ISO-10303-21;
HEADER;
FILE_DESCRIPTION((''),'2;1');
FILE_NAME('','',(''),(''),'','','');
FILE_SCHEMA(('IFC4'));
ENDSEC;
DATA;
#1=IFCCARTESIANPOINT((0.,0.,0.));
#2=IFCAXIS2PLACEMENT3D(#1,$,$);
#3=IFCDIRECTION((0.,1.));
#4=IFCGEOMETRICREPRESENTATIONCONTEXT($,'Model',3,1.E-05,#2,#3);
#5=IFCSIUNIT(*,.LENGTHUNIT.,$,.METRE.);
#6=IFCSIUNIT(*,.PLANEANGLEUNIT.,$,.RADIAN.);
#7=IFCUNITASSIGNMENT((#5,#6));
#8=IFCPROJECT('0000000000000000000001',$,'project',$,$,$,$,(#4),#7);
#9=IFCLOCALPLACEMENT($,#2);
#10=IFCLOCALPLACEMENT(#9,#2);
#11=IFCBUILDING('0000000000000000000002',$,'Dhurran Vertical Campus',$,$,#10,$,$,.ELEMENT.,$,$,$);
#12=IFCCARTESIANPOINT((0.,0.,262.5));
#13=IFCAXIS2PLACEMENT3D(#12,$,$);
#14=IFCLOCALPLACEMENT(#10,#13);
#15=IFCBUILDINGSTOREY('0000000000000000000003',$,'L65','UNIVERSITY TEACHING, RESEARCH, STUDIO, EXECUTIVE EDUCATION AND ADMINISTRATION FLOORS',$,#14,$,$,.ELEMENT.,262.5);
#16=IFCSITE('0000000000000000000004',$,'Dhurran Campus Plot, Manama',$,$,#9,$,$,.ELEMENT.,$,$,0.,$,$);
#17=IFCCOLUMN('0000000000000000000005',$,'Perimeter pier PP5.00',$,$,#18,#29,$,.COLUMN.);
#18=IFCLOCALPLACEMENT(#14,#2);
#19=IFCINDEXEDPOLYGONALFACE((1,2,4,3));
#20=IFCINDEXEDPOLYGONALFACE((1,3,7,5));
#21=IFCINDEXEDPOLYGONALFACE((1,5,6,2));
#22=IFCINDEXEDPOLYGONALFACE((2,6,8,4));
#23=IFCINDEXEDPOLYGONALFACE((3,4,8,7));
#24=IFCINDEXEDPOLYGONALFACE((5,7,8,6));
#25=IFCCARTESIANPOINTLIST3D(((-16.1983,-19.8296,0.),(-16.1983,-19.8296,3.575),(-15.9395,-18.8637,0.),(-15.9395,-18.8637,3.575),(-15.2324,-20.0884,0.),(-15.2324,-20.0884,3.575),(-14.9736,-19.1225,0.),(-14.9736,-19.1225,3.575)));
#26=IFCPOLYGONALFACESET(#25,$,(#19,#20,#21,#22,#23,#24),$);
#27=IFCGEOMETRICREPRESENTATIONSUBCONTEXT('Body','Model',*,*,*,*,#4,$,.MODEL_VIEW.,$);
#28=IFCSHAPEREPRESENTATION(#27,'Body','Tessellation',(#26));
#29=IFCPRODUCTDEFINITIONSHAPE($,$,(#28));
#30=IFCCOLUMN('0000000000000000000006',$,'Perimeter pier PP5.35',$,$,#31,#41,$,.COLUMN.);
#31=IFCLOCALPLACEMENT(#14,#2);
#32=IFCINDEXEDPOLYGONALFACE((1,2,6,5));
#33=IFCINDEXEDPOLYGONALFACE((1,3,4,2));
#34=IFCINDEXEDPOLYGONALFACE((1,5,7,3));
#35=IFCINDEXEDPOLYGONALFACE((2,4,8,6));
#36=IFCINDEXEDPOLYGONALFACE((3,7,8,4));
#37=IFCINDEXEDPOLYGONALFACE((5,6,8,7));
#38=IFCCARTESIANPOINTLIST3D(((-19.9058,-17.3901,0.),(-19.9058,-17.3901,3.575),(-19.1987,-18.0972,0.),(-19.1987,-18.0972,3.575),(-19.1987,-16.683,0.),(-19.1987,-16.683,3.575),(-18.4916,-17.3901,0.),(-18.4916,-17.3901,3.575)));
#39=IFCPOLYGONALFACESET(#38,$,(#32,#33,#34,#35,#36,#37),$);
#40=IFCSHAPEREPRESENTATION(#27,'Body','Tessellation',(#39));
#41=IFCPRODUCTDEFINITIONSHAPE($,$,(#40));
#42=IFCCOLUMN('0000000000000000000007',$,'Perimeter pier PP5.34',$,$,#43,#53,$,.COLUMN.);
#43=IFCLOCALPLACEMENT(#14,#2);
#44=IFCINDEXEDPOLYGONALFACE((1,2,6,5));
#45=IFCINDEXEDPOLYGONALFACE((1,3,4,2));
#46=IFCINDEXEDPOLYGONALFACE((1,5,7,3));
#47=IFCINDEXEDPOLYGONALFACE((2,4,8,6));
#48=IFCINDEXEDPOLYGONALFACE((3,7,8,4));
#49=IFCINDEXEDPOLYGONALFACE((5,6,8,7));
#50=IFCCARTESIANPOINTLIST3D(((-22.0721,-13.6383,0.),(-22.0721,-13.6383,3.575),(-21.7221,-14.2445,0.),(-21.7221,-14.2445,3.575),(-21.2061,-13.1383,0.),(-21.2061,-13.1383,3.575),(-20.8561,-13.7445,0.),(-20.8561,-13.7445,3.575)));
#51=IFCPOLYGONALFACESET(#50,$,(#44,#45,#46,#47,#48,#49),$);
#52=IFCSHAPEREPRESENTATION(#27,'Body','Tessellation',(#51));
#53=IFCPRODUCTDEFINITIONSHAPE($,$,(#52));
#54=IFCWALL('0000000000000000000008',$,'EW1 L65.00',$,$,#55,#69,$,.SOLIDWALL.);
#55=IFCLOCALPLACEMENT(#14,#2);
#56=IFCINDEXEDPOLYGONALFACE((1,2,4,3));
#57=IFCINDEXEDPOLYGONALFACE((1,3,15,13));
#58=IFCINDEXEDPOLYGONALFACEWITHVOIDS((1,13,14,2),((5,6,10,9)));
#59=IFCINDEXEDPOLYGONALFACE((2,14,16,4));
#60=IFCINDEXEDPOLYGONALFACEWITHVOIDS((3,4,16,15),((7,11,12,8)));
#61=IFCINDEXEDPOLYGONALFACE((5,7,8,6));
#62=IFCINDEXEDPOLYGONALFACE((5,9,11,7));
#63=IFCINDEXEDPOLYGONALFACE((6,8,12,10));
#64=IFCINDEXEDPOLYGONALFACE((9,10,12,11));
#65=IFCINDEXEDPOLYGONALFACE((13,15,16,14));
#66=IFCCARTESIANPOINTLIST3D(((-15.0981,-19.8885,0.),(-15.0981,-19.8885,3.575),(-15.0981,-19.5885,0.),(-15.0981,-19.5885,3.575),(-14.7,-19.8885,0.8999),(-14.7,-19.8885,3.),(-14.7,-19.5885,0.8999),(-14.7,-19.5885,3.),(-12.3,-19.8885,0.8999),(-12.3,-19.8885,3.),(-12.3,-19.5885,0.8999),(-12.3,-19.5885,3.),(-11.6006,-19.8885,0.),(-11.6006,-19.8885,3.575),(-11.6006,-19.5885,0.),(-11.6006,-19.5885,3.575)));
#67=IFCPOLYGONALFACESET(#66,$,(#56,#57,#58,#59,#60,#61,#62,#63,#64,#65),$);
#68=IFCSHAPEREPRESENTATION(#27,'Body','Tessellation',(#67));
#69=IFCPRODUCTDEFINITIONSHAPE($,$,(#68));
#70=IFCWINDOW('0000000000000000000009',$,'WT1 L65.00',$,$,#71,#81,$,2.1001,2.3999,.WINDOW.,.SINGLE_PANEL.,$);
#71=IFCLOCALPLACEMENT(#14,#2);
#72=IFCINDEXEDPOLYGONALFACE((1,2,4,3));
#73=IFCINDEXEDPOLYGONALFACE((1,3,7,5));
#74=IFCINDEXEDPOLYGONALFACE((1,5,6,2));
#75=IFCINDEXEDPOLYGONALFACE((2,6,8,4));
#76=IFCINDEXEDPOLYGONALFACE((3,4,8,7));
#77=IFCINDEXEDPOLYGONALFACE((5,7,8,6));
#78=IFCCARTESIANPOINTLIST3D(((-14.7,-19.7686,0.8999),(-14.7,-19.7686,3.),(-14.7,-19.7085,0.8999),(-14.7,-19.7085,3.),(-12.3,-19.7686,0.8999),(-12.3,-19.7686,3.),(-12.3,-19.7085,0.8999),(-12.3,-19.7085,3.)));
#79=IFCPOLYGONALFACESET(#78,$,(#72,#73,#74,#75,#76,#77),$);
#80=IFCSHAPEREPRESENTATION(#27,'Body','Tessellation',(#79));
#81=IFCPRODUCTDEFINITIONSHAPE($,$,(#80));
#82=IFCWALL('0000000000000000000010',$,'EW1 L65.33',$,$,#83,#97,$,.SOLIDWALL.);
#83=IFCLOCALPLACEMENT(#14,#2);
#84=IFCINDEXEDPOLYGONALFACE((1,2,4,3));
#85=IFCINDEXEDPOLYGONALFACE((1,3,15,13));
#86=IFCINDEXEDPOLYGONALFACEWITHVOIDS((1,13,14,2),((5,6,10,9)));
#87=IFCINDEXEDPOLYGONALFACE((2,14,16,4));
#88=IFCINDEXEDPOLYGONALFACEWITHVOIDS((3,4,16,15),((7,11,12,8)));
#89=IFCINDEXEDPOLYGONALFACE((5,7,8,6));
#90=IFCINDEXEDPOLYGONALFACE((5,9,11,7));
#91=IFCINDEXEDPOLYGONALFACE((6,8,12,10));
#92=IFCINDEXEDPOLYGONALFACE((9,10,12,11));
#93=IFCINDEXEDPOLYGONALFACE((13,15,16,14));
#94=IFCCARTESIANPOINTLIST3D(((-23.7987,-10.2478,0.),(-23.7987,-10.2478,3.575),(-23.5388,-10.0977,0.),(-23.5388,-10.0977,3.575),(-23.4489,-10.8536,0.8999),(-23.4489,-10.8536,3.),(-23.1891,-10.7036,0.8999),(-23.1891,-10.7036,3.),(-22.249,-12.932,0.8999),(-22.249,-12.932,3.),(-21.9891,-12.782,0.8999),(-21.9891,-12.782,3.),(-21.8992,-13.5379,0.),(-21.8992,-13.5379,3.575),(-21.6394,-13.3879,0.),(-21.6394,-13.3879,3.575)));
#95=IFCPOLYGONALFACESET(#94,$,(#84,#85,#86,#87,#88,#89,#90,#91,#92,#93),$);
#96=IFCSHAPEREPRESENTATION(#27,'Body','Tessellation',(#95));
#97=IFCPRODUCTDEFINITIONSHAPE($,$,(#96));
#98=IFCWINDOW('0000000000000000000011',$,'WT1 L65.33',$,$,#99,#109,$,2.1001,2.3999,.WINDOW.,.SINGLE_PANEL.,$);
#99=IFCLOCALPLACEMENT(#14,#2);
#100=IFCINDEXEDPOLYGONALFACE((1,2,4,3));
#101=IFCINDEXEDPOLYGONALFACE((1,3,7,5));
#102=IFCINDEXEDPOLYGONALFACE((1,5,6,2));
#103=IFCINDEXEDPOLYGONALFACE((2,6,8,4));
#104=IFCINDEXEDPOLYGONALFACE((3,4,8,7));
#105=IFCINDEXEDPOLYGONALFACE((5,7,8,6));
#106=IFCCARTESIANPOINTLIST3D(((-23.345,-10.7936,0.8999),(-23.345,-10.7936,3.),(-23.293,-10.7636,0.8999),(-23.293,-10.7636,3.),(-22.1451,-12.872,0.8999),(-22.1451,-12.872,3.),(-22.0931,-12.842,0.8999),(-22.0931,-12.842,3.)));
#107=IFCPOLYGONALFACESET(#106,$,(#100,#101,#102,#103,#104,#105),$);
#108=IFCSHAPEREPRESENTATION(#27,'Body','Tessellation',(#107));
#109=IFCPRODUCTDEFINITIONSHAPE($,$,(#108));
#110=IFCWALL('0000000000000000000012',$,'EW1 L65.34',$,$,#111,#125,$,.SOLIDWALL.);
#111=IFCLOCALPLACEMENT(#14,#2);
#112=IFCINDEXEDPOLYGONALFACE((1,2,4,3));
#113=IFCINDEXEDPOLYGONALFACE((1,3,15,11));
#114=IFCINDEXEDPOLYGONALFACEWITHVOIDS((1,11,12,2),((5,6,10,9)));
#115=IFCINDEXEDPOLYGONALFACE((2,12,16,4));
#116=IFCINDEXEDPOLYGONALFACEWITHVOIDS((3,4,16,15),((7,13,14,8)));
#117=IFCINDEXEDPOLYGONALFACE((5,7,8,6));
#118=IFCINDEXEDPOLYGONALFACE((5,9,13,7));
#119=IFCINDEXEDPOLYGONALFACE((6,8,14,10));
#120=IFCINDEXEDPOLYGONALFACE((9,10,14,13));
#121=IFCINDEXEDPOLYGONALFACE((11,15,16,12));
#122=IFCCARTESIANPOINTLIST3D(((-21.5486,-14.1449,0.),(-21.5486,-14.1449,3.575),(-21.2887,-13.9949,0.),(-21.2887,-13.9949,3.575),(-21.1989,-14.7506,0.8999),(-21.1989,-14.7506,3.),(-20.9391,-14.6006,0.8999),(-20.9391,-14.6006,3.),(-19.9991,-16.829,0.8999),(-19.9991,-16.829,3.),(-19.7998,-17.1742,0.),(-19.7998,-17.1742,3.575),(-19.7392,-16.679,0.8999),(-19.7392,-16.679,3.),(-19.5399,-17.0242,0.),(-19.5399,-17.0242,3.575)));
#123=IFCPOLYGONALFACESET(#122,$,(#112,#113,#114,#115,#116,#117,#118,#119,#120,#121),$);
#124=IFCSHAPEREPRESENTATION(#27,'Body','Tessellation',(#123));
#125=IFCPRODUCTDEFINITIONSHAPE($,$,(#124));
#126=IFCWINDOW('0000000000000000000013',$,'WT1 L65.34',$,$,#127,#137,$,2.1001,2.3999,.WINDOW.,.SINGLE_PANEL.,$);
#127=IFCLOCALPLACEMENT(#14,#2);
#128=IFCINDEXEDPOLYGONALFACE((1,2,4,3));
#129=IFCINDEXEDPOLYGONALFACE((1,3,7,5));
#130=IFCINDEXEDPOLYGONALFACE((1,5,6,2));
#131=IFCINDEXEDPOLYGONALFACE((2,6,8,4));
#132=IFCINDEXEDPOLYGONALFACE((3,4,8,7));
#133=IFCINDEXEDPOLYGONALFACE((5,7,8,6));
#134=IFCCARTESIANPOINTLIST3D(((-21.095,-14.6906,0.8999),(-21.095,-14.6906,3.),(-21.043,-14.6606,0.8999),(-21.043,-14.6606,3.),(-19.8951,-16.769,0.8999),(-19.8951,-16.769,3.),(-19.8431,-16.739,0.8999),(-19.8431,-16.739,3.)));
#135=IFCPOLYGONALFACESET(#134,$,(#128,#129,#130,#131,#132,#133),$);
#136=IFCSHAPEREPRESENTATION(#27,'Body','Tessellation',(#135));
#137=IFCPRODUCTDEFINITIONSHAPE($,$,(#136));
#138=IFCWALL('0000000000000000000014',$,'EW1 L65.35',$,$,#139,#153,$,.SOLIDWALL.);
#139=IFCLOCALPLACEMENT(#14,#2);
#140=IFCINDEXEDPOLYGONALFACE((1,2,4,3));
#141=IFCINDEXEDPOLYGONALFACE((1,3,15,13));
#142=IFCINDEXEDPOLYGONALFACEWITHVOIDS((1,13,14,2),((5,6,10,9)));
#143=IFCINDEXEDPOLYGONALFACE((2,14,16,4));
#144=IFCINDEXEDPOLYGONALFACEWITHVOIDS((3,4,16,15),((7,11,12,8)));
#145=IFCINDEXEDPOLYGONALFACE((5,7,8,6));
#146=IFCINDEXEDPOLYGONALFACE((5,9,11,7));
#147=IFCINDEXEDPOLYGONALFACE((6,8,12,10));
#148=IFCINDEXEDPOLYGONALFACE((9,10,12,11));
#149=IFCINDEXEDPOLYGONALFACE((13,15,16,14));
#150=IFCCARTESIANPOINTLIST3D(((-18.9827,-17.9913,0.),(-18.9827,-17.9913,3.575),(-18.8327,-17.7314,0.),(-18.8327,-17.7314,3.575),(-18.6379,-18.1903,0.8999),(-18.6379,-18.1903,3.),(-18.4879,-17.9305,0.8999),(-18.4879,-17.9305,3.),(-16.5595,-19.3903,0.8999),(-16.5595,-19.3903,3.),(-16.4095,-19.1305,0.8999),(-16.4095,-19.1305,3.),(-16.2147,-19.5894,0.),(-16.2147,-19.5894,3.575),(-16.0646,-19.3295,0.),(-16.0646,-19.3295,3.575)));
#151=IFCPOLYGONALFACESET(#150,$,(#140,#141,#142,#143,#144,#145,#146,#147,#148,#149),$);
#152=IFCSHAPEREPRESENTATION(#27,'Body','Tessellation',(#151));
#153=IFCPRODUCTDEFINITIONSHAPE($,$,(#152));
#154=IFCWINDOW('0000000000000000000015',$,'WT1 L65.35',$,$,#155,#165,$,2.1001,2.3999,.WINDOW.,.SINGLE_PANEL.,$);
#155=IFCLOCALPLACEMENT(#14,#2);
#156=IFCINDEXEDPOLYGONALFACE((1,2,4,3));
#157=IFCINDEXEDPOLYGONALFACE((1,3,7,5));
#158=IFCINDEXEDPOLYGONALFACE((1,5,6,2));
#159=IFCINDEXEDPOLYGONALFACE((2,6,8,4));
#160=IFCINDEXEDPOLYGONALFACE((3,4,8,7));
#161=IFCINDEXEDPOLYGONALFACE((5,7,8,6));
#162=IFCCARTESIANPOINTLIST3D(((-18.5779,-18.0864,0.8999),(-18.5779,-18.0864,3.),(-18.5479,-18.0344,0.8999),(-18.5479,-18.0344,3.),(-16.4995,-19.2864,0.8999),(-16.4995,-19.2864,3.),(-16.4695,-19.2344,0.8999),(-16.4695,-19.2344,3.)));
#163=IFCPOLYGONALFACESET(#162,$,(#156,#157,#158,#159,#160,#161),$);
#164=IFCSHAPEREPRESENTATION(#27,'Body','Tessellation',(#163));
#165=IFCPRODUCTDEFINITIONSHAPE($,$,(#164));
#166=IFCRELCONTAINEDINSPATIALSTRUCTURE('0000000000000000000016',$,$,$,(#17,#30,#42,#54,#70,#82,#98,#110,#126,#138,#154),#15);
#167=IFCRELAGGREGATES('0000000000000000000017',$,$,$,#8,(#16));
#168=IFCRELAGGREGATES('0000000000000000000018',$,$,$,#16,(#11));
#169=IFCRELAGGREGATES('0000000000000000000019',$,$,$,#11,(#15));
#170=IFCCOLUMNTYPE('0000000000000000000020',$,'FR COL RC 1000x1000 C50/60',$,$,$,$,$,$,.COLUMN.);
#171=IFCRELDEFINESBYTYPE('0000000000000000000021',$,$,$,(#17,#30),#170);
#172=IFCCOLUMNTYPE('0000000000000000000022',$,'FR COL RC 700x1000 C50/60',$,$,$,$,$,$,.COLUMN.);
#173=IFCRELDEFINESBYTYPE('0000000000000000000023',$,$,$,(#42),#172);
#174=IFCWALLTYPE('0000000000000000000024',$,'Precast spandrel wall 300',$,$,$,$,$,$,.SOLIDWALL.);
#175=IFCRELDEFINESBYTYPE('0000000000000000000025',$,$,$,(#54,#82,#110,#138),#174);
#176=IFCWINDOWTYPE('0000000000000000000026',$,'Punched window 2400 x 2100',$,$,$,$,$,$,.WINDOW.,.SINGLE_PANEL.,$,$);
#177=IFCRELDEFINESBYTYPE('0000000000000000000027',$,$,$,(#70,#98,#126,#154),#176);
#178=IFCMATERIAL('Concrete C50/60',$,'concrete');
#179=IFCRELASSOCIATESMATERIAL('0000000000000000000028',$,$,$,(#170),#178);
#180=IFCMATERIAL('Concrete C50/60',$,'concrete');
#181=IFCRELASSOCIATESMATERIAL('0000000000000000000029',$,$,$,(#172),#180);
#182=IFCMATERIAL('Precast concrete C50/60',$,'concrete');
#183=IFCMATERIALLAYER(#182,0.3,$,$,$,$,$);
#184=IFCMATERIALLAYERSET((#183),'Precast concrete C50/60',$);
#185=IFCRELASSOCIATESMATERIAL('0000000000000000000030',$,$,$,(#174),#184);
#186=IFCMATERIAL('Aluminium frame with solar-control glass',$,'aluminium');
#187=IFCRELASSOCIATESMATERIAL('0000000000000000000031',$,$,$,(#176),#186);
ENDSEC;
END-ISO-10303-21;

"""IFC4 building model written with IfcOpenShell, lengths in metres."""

from ifc_helpers import new_model, si_unit, direction, frame, frame_2d, origin, origin_2d, place, context, subcontext, project, spatial, rectangle, extrude, material, layer, layer_set, material_profile, profile_set, type_object, element, fill, save


model = new_model("IFC4")

# Units and contexts
model_context = context("Model", 3, precision=1e-05, world=origin(), true_north=direction((0.0, 1.0)))
body_context = subcontext(model_context, "Body", "Model", "MODEL_VIEW")
ifc_project = project(units=[si_unit("LENGTHUNIT", "METRE"), si_unit("PLANEANGLEUNIT", "RADIAN")], contexts=[model_context])

# Site, building, storey
site_placement = place(None, origin())
site = spatial("IfcSite", under=ifc_project, at=site_placement, Name="Dhurran Campus Plot, Manama", CompositionType="ELEMENT", RefElevation=0.0)
building_placement = place(site_placement, origin())
building = spatial("IfcBuilding", under=site, at=building_placement, Name="Dhurran Vertical Campus", CompositionType="ELEMENT")
storey_placement = place(building_placement, frame((0.0, 0.0, 262.5)))
storey = spatial("IfcBuildingStorey", under=building, at=storey_placement, Name="L65", Description="UNIVERSITY TEACHING, RESEARCH, STUDIO, EXECUTIVE EDUCATION AND ADMINISTRATION FLOORS", CompositionType="ELEMENT", Elevation=262.5)

# Columns
ifc_material_1 = material(Name="Concrete C50/60", Category="concrete")
ifc_material_profile_1 = material_profile(ifc_material_1, rectangle(XDim=1.0, YDim=1.0, at=origin_2d()), Name="RC 1000x1000")
ifc_profile_set_1 = profile_set([ifc_material_profile_1], Name="Concrete C50/60")
column_type_1 = type_object("IfcColumnType", Name="FR COL RC 1000x1000 C50/60", PredefinedType="COLUMN", material=ifc_profile_set_1)
for number, where, z_axis, x_axis, name in (
    (1, (-15.5859, -19.4761, 0.0), (0.0, 0.0, 1.0), (0.965926, -0.258819, 0.0), "Perimeter pier PP5.00"),
    (2, (-19.1987, -17.3901, 0.0), (0.0, 0.0, 1.0), (0.707107, -0.707107, 0.0), "Perimeter pier PP5.35"),
):
    element("IfcColumn", number, at=place(storey_placement, frame(where, z_axis=z_axis, x_axis=x_axis)), inside=storey, type_object=column_type_1, Name=name, PredefinedType="COLUMN", context=body_context, shape_type="SweptSolid", body=[
        extrude(rectangle(XDim=1.0, YDim=1.0, at=origin_2d()), origin(), (0.0, 0.0, 1.0), 3.575),
    ])
ifc_material_2 = material(Name="Concrete C50/60", Category="concrete")
ifc_material_profile_2 = material_profile(ifc_material_2, rectangle(XDim=0.7, YDim=1.0, at=origin_2d()), Name="RC 700x1000")
ifc_profile_set_2 = profile_set([ifc_material_profile_2], Name="Concrete C50/60")
column_type_2 = type_object("IfcColumnType", Name="FR COL RC 700x1000 C50/60", PredefinedType="COLUMN", material=ifc_profile_set_2)
column_placement = place(storey_placement, frame((-21.4641, -13.6914, 0.0), z_axis=(0.0, 0.0, 1.0), x_axis=(0.5, -0.866025, 0.0)))
element("IfcColumn", 3, at=column_placement, inside=storey, type_object=column_type_2, Name="Perimeter pier PP5.34", PredefinedType="COLUMN", context=body_context, shape_type="SweptSolid", body=[
    extrude(rectangle(XDim=0.7, YDim=1.0, at=origin_2d()), origin(), (0.0, 0.0, 1.0), 3.575),
])

# Walls, openings, windows
ifc_material_3 = material(Name="Precast concrete C50/60", Category="concrete")
ifc_layer_1 = layer(ifc_material_3, 0.3)
ifc_layer_set_1 = layer_set([ifc_layer_1], Name="Precast concrete C50/60")
wall_type_1 = type_object("IfcWallType", Name="Precast spandrel wall 300", PredefinedType="SOLIDWALL", material=ifc_layer_set_1)
wall_1_placement = place(storey_placement, frame((-15.0981, -19.7385, 0.0), z_axis=(0.0, 0.0, 1.0), x_axis=(1.0, 0.0, 0.0)))
wall_1 = element("IfcWall", 4, at=wall_1_placement, inside=storey, type_object=wall_type_1, Name="EW1 L65.00", PredefinedType="SOLIDWALL", context=body_context, shape_type="SweptSolid", body=[
    extrude(rectangle(XDim=3.4976, YDim=0.3, at=frame_2d((1.7488, 0.0))), origin(), (0.0, 0.0, 1.0), 3.575),
])
opening_1_placement = place(wall_1_placement, frame((0.3982, 0.0, 0.8999)))
opening_1 = element("IfcOpeningElement", 5, at=opening_1_placement, cuts=wall_1, PredefinedType="OPENING", context=body_context, shape_type="SweptSolid", body=[
    extrude(rectangle(XDim=2.3999, YDim=2.1001, at=frame_2d((1.2, 1.05))), frame((0.0, 0.1599, 0.0), z_axis=(0.0, -1.0, 0.0), x_axis=(1.0, 0.0, 0.0)), (0.0, 0.0, 1.0), 0.3201),
])
ifc_material_4 = material(Name="Aluminium frame with solar-control glass", Category="aluminium")
window_type = type_object("IfcWindowType", Name="Punched window 2400 x 2100", PartitioningType="SINGLE_PANEL", PredefinedType="WINDOW", material=ifc_material_4)
window_1_placement = place(opening_1_placement, origin())
window_1 = element("IfcWindow", 6, at=window_1_placement, inside=storey, type_object=window_type, Name="WT1 L65.00", OverallHeight=2.1001, OverallWidth=2.3999, PartitioningType="SINGLE_PANEL", PredefinedType="WINDOW", context=body_context, shape_type="SweptSolid", body=[
    extrude(rectangle(XDim=2.3999, YDim=2.1001, at=frame_2d((1.2, 1.05))), frame((0.0, 0.03, 0.0), z_axis=(0.0, -1.0, 0.0), x_axis=(1.0, 0.0, 0.0)), (0.0, 0.0, 1.0), 0.0601),
])
fill(opening_1, window_1)
wall_2_placement = place(storey_placement, frame((-23.6687, -10.1729, 0.0), z_axis=(0.0, 0.0, 1.0), x_axis=(0.499982, -0.866036, 0.0)))
wall_2 = element("IfcWall", 7, at=wall_2_placement, inside=storey, type_object=wall_type_1, Name="EW1 L65.33", PredefinedType="SOLIDWALL", context=body_context, shape_type="SweptSolid", body=[
    extrude(rectangle(XDim=3.7991, YDim=0.3, at=frame_2d((1.8994, 0.0))), origin(), (0.0, 0.0, 1.0), 3.575),
])
opening_2_placement = place(wall_2_placement, frame((0.6995, 0.0, 0.8999)))
opening_2 = element("IfcOpeningElement", 8, at=opening_2_placement, cuts=wall_2, PredefinedType="OPENING", context=body_context, shape_type="SweptSolid", body=[
    extrude(rectangle(XDim=2.3999, YDim=2.1001, at=frame_2d((1.2, 1.05))), frame((0.0, 0.1599, 0.0), z_axis=(0.0, -1.0, 0.0), x_axis=(1.0, 0.0, 0.0)), (0.0, 0.0, 1.0), 0.3201),
])
window_2_placement = place(opening_2_placement, origin())
window_2 = element("IfcWindow", 9, at=window_2_placement, inside=storey, type_object=window_type, Name="WT1 L65.33", OverallHeight=2.1001, OverallWidth=2.3999, PartitioningType="SINGLE_PANEL", PredefinedType="WINDOW", context=body_context, shape_type="SweptSolid", body=[
    extrude(rectangle(XDim=2.3999, YDim=2.1001, at=frame_2d((1.2, 1.05))), frame((0.0, 0.03, 0.0), z_axis=(0.0, -1.0, 0.0), x_axis=(1.0, 0.0, 0.0)), (0.0, 0.0, 1.0), 0.0601),
])
fill(opening_2, window_2)
wall_3_placement = place(storey_placement, frame((-21.4187, -14.0698, 0.0), z_axis=(0.0, 0.0, 1.0), x_axis=(0.49996, -0.866048, 0.0)))
wall_3 = element("IfcWall", 10, at=wall_3_placement, inside=storey, type_object=wall_type_1, Name="EW1 L65.34", PredefinedType="SOLIDWALL", context=body_context, shape_type="SweptSolid", body=[
    extrude(rectangle(XDim=3.4978, YDim=0.3, at=frame_2d((1.749, 0.0))), origin(), (0.0, 0.0, 1.0), 3.575),
])
opening_3_placement = place(wall_3_placement, frame((0.6995, 0.0, 0.8999)))
opening_3 = element("IfcOpeningElement", 11, at=opening_3_placement, cuts=wall_3, PredefinedType="OPENING", context=body_context, shape_type="SweptSolid", body=[
    extrude(rectangle(XDim=2.3999, YDim=2.1001, at=frame_2d((1.2, 1.05))), frame((0.0, 0.1599, 0.0), z_axis=(0.0, -1.0, 0.0), x_axis=(1.0, 0.0, 0.0)), (0.0, 0.0, 1.0), 0.3201),
])
window_3_placement = place(opening_3_placement, origin())
window_3 = element("IfcWindow", 12, at=window_3_placement, inside=storey, type_object=window_type, Name="WT1 L65.34", OverallHeight=2.1001, OverallWidth=2.3999, PartitioningType="SINGLE_PANEL", PredefinedType="WINDOW", context=body_context, shape_type="SweptSolid", body=[
    extrude(rectangle(XDim=2.3999, YDim=2.1001, at=frame_2d((1.2, 1.05))), frame((0.0, 0.03, 0.0), z_axis=(0.0, -1.0, 0.0), x_axis=(1.0, 0.0, 0.0)), (0.0, 0.0, 1.0), 0.0601),
])
fill(opening_3, window_3)
wall_4_placement = place(storey_placement, frame((-18.9077, -17.8613, 0.0), z_axis=(0.0, 0.0, 1.0), x_axis=(0.866025, -0.5, 0.0)))
wall_4 = element("IfcWall", 13, at=wall_4_placement, inside=storey, type_object=wall_type_1, Name="EW1 L65.35", PredefinedType="SOLIDWALL", context=body_context, shape_type="SweptSolid", body=[
    extrude(rectangle(XDim=3.1963, YDim=0.3, at=frame_2d((1.5981, 0.0))), origin(), (0.0, 0.0, 1.0), 3.575),
])
opening_4_placement = place(wall_4_placement, frame((0.3982, 0.0, 0.8999)))
opening_4 = element("IfcOpeningElement", 14, at=opening_4_placement, cuts=wall_4, PredefinedType="OPENING", context=body_context, shape_type="SweptSolid", body=[
    extrude(rectangle(XDim=2.3999, YDim=2.1001, at=frame_2d((1.2, 1.05))), frame((0.0, 0.1599, 0.0), z_axis=(0.0, -1.0, 0.0), x_axis=(1.0, 0.0, 0.0)), (0.0, 0.0, 1.0), 0.3201),
])
window_4_placement = place(opening_4_placement, origin())
window_4 = element("IfcWindow", 15, at=window_4_placement, inside=storey, type_object=window_type, Name="WT1 L65.35", OverallHeight=2.1001, OverallWidth=2.3999, PartitioningType="SINGLE_PANEL", PredefinedType="WINDOW", context=body_context, shape_type="SweptSolid", body=[
    extrude(rectangle(XDim=2.3999, YDim=2.1001, at=frame_2d((1.2, 1.05))), frame((0.0, 0.03, 0.0), z_axis=(0.0, -1.0, 0.0), x_axis=(1.0, 0.0, 0.0)), (0.0, 0.0, 1.0), 0.0601),
])
fill(opening_4, window_4)

save(model, "model.ifc")
